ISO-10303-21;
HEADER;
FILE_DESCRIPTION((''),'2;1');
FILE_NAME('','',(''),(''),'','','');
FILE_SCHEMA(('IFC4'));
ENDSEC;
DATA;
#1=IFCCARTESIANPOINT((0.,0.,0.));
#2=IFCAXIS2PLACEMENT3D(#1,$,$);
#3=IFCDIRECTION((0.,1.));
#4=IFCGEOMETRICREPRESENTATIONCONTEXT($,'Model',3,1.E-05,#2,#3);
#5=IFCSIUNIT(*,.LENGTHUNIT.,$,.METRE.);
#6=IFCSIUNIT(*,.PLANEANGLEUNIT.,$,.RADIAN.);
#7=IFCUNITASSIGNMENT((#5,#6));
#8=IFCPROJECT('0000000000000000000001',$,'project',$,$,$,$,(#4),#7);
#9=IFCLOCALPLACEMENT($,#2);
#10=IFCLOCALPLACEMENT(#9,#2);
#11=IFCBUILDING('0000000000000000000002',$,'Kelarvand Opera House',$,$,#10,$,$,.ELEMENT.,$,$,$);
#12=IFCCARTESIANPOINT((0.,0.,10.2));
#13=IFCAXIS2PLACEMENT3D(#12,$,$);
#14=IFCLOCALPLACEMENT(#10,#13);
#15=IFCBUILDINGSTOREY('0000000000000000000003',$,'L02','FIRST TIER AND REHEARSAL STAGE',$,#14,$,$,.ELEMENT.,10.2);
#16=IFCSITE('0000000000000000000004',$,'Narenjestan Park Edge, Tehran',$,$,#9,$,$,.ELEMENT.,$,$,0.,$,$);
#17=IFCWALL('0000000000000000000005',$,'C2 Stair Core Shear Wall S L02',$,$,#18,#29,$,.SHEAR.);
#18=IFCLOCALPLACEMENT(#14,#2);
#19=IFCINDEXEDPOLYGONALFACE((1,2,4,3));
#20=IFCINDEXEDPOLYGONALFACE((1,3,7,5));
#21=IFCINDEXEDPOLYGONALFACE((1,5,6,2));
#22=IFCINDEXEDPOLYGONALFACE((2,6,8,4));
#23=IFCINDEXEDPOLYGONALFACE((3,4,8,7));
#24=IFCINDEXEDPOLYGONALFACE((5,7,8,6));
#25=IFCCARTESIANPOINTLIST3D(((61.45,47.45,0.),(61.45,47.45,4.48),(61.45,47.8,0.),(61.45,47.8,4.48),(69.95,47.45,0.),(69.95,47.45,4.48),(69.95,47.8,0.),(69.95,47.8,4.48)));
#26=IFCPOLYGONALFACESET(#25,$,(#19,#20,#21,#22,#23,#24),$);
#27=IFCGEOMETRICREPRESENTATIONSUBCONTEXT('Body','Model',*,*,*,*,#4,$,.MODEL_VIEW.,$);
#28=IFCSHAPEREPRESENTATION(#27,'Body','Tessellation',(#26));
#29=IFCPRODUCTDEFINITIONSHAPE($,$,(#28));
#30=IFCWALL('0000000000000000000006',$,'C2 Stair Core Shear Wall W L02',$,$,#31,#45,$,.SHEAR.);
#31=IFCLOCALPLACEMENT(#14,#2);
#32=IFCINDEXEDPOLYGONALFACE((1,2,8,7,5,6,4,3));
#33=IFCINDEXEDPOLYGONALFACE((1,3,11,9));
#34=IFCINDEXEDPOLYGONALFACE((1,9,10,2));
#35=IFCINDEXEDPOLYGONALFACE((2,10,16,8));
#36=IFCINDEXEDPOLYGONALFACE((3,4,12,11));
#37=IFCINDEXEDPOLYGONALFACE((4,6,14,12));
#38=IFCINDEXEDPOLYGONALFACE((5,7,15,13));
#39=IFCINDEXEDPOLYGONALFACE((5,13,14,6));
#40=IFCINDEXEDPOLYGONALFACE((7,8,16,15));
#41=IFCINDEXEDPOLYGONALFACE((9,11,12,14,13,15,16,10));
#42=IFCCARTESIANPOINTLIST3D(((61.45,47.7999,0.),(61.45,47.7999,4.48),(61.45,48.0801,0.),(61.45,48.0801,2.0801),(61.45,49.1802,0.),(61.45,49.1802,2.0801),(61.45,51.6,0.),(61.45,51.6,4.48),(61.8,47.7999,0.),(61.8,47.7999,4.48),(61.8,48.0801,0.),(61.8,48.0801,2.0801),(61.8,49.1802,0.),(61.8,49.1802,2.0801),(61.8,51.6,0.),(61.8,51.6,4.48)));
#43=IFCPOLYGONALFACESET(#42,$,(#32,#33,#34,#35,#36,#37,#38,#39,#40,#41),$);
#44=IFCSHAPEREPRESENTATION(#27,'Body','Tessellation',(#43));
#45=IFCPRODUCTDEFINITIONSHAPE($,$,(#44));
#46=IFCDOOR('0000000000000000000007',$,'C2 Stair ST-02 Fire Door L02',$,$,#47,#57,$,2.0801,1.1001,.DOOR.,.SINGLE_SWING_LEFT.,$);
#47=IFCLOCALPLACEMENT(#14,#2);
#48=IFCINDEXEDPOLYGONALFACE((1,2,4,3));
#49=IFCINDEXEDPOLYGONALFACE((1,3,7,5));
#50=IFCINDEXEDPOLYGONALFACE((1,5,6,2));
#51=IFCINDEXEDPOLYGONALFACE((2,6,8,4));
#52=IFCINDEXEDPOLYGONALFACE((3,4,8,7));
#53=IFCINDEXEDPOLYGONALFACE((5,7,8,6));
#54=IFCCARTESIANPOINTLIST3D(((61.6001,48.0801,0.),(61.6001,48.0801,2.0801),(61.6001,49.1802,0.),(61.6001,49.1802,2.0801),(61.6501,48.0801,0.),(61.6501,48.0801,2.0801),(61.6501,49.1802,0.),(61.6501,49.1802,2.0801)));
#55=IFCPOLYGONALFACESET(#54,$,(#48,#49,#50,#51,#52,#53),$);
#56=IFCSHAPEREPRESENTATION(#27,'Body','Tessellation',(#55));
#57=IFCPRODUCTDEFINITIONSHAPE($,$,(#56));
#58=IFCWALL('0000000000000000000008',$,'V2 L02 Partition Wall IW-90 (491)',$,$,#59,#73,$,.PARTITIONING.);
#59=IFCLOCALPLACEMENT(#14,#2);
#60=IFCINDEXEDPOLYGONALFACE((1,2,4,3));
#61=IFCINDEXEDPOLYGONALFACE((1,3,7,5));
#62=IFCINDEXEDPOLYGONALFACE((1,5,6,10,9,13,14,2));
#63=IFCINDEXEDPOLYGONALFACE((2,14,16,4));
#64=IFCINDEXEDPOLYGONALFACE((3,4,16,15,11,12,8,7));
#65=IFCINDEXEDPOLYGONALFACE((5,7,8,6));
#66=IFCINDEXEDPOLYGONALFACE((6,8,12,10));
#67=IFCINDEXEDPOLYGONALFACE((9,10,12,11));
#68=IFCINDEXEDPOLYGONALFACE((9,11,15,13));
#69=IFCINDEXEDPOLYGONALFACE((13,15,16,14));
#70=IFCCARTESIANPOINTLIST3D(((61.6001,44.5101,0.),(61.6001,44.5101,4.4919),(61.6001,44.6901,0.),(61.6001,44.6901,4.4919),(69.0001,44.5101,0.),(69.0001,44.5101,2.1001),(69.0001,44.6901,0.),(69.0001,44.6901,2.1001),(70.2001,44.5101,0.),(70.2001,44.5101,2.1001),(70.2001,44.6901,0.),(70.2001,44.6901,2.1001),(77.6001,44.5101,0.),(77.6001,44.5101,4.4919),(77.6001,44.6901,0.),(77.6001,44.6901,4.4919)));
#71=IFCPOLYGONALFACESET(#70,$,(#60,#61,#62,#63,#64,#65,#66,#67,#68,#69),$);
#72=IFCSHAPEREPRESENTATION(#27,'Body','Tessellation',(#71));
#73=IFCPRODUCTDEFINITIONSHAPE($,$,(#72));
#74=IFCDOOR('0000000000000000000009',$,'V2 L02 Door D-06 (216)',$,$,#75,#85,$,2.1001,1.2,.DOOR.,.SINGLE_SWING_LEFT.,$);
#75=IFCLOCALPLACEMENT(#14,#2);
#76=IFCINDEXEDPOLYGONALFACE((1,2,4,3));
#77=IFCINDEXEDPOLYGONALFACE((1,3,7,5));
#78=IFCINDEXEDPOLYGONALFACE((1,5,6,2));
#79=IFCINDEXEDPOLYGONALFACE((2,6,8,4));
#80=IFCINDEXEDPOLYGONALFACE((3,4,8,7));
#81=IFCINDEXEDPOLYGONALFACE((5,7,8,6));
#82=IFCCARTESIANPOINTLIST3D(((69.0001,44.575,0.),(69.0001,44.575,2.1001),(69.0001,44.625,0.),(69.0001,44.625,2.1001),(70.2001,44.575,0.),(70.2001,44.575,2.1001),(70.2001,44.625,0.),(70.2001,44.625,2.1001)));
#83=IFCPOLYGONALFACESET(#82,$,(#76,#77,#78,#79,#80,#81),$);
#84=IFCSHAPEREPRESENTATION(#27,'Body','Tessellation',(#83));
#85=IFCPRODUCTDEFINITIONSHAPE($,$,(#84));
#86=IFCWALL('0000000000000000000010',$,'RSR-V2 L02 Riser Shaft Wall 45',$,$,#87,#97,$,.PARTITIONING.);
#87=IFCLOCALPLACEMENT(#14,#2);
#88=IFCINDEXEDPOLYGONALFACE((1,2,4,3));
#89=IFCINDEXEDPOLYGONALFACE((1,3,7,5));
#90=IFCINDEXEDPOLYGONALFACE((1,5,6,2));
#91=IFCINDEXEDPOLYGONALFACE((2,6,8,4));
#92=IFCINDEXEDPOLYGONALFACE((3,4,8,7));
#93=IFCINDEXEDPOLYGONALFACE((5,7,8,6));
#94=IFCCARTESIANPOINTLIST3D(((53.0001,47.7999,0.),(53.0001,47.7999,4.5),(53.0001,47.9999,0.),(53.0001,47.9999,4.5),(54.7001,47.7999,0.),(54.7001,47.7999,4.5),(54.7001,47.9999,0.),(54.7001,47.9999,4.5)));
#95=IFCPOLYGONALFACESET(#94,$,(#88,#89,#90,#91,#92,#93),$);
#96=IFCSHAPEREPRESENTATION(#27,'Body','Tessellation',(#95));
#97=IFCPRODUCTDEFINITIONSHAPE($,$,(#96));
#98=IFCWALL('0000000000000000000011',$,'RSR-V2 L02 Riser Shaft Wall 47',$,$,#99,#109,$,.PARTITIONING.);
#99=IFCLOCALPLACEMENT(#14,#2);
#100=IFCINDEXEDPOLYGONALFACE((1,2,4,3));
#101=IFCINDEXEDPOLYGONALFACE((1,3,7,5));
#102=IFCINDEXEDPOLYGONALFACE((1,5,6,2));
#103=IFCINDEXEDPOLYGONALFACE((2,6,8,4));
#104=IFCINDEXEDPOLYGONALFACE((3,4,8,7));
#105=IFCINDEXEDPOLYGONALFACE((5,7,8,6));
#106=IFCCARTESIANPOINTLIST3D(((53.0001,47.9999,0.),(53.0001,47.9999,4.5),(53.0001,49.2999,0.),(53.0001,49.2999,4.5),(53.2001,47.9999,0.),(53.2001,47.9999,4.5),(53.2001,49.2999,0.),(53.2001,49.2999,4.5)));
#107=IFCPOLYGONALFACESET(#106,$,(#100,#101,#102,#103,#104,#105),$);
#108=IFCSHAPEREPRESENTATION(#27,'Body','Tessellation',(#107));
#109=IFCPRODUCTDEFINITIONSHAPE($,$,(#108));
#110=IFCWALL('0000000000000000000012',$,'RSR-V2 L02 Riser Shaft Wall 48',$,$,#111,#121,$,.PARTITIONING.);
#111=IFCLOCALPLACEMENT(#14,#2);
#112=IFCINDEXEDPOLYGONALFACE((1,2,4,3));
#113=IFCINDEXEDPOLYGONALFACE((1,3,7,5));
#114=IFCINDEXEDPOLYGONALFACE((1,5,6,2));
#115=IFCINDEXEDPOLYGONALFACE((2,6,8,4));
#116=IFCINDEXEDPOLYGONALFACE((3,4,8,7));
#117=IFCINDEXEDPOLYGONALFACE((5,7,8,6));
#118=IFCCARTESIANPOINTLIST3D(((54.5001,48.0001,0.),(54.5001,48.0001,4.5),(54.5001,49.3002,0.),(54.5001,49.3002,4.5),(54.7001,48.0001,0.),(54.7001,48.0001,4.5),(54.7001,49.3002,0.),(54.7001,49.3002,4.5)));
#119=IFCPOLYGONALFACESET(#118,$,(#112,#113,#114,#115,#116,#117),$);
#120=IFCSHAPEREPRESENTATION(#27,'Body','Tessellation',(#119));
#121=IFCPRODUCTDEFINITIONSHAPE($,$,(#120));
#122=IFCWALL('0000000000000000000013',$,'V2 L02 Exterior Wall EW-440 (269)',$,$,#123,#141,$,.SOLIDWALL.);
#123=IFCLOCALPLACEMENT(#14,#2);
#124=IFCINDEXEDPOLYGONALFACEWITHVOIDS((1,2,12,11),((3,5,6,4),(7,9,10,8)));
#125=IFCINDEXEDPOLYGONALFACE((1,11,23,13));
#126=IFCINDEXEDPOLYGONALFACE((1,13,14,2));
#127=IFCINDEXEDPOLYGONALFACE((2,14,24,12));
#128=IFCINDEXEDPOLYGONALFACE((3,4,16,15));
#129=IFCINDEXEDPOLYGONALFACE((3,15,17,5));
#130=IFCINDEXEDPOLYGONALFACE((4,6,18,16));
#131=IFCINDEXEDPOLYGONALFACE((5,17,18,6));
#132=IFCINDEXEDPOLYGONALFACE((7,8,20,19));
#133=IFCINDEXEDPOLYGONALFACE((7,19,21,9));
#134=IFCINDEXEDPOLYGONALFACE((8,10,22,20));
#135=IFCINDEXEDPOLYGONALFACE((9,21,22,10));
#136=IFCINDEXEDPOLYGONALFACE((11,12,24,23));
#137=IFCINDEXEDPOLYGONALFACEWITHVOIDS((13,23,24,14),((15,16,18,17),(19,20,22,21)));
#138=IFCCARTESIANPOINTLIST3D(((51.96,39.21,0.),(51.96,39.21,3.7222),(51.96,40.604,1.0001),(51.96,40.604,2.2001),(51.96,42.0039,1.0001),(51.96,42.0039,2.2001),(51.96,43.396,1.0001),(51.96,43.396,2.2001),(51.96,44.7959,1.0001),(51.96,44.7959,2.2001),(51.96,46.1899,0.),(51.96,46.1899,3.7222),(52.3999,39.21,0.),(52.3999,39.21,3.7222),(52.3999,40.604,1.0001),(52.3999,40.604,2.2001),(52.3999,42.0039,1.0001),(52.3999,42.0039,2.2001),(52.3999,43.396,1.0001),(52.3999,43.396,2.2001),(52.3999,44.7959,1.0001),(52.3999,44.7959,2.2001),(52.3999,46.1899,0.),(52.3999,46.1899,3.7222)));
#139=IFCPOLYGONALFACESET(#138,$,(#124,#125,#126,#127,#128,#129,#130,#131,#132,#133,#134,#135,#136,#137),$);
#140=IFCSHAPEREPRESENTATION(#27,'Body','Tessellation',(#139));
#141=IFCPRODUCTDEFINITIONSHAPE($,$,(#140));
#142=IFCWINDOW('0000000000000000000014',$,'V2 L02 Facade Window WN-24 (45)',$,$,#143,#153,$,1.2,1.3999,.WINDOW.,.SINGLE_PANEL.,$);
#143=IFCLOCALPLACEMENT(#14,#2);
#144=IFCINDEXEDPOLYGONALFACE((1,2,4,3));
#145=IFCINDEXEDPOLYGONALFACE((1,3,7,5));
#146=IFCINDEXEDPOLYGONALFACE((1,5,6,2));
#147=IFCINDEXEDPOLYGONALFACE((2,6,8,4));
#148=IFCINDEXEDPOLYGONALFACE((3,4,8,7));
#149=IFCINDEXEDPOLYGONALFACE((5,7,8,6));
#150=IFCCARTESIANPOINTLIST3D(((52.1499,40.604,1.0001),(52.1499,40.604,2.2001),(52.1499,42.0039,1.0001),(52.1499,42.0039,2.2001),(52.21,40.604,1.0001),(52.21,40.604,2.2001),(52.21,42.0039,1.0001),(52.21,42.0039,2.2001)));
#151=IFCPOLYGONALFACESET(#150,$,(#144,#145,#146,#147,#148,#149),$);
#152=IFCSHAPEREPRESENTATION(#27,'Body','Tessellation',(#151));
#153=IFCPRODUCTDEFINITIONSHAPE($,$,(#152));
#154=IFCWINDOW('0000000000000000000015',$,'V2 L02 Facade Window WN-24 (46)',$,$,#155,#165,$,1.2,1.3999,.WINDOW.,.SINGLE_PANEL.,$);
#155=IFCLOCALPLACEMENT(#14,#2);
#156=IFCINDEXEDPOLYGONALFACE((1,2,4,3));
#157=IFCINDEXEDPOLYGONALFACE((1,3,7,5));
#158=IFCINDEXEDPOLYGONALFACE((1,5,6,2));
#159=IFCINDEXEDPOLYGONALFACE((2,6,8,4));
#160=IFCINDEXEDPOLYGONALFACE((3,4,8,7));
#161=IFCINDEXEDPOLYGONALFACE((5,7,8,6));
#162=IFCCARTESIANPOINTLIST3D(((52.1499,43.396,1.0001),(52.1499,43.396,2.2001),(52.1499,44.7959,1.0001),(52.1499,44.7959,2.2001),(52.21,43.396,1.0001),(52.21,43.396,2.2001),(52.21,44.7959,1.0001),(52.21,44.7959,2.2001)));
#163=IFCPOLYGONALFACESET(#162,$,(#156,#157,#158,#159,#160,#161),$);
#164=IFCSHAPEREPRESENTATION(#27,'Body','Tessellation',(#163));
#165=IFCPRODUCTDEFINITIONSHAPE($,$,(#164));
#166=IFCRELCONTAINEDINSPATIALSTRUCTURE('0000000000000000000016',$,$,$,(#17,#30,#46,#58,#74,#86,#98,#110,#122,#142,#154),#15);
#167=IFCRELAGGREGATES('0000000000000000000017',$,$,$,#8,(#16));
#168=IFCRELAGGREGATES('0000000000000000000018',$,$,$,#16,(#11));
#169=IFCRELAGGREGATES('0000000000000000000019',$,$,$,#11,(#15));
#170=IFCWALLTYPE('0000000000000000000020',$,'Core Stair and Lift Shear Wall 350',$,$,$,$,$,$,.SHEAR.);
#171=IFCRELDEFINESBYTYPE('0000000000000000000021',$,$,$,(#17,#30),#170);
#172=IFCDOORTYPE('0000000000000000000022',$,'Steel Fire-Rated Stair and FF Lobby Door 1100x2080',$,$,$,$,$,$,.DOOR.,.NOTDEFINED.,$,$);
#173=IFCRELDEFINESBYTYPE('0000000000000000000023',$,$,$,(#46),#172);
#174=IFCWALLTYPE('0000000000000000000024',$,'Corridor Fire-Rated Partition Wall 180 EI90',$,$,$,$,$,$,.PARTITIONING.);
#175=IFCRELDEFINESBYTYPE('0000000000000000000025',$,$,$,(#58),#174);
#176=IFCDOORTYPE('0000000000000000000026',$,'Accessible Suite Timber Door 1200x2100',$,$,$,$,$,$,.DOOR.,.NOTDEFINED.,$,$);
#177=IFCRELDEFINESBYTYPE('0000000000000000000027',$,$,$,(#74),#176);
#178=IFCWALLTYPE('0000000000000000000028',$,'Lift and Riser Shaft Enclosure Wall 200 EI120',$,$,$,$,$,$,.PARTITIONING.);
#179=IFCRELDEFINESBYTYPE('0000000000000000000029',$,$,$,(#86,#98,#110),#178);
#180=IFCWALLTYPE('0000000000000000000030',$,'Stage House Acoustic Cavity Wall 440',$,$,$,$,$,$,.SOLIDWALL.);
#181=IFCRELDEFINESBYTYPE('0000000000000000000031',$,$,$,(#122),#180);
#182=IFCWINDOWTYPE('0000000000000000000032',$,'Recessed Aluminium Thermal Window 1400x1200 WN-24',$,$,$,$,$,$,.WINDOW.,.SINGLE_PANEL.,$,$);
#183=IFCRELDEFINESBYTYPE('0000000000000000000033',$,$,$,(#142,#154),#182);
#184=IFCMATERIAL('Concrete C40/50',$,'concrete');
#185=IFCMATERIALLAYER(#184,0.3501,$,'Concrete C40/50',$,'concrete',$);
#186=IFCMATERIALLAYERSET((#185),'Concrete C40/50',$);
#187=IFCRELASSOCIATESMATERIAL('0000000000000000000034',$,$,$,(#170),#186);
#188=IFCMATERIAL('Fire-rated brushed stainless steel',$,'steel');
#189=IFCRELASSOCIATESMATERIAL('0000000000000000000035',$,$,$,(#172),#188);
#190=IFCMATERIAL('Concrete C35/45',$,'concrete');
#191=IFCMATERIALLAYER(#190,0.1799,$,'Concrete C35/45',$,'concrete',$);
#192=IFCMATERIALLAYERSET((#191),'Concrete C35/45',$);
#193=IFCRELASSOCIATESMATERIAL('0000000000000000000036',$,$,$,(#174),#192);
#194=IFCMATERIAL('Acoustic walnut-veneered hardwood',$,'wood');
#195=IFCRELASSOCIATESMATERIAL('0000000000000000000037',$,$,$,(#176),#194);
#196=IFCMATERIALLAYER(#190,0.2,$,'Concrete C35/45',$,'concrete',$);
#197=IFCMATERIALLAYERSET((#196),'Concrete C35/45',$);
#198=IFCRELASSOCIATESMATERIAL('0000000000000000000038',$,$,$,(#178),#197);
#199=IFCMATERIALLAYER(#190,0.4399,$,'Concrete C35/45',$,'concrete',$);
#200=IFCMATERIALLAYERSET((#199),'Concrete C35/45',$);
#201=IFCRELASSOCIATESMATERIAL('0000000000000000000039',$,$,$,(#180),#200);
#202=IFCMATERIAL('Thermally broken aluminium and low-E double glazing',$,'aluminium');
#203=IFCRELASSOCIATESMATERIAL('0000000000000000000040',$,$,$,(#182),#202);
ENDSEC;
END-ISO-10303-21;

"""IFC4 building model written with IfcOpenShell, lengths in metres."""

from ifc_helpers import new_model, si_unit, direction, frame, frame_2d, origin, place, context, subcontext, project, spatial, rectangle, extrude, material, layer, layer_set, type_object, element, fill, save


model = new_model("IFC4")

# Units and contexts
model_context = context("Model", 3, precision=1e-05, world=origin(), true_north=direction((0.0, 1.0)))
body_context = subcontext(model_context, "Body", "Model", "MODEL_VIEW")
ifc_project = project(units=[si_unit("LENGTHUNIT", "METRE"), si_unit("PLANEANGLEUNIT", "RADIAN")], contexts=[model_context])

# Site, building, storey
site_placement = place(None, origin())
site = spatial("IfcSite", under=ifc_project, at=site_placement, Name="Narenjestan Park Edge, Tehran", CompositionType="ELEMENT", RefElevation=0.0)
building_placement = place(site_placement, origin())
building = spatial("IfcBuilding", under=site, at=building_placement, Name="Kelarvand Opera House", CompositionType="ELEMENT")
storey_placement = place(building_placement, frame((0.0, 0.0, 10.2)))
storey = spatial("IfcBuildingStorey", under=building, at=storey_placement, Name="L02", Description="FIRST TIER AND REHEARSAL STAGE", CompositionType="ELEMENT", Elevation=10.2)

# Shared definitions
ifc_material_1 = material(Name="Concrete C40/50", Category="concrete")

# Shared definitions
ifc_material_2 = material(Name="Concrete C35/45", Category="concrete")

# Wall
ifc_layer_1 = layer(ifc_material_1, 0.3501, Name="Concrete C40/50", Category="concrete")
ifc_layer_set_1 = layer_set([ifc_layer_1], Name="Concrete C40/50")
wall_type_1 = type_object("IfcWallType", Name="Core Stair and Lift Shear Wall 350", PredefinedType="SHEAR", material=ifc_layer_set_1)
wall_1_placement = place(storey_placement, frame((61.45, 47.625, 0.0), z_axis=(0.0, 0.0, 1.0), x_axis=(1.0, 0.0, 0.0)))
element("IfcWall", 1, at=wall_1_placement, inside=storey, type_object=wall_type_1, Name="C2 Stair Core Shear Wall S L02", PredefinedType="SHEAR", context=body_context, shape_type="SweptSolid", body=[
    extrude(rectangle(XDim=8.5, YDim=0.3501, at=frame_2d((4.25, 0.0))), origin(), (0.0, 0.0, 1.0), 4.48),
])

# Walls, openings, doors
wall_2_placement = place(storey_placement, frame((61.625, 47.8, 0.0), z_axis=(0.0, 0.0, 1.0), x_axis=(0.0, 1.0, 0.0)))
wall_2 = element("IfcWall", 2, at=wall_2_placement, inside=storey, type_object=wall_type_1, Name="C2 Stair Core Shear Wall W L02", PredefinedType="SHEAR", context=body_context, shape_type="SweptSolid", body=[
    extrude(rectangle(XDim=3.8, YDim=0.3501, at=frame_2d((1.8999, 0.0))), origin(), (0.0, 0.0, 1.0), 4.48),
])
opening_1_placement = place(wall_2_placement, frame((0.28, 0.0, 0.0)))
opening_1 = element("IfcOpeningElement", 3, at=opening_1_placement, cuts=wall_2, PredefinedType="OPENING", context=body_context, shape_type="SweptSolid", body=[
    extrude(rectangle(XDim=1.1001, YDim=2.0801, at=frame_2d((0.55, 1.04))), frame((0.0, 0.1851, 0.0), z_axis=(0.0, -1.0, 0.0), x_axis=(1.0, 0.0, 0.0)), (0.0, 0.0, 1.0), 0.3701),
])
ifc_material_3 = material(Name="Fire-rated brushed stainless steel", Category="steel")
door_type_1 = type_object("IfcDoorType", Name="Steel Fire-Rated Stair and FF Lobby Door 1100x2080", OperationType="NOTDEFINED", PredefinedType="DOOR", material=ifc_material_3)
door_1_placement = place(opening_1_placement, origin())
door_1 = element("IfcDoor", 4, at=door_1_placement, inside=storey, type_object=door_type_1, Name="C2 Stair ST-02 Fire Door L02", OperationType="SINGLE_SWING_LEFT", OverallHeight=2.0801, OverallWidth=1.1001, PredefinedType="DOOR", context=body_context, shape_type="SweptSolid", body=[
    extrude(rectangle(XDim=1.1001, YDim=2.0801, at=frame_2d((0.55, 1.04))), frame((0.0, 0.0249, 0.0), z_axis=(0.0, -1.0, 0.0), x_axis=(1.0, 0.0, 0.0)), (0.0, 0.0, 1.0), 0.05),
])
fill(opening_1, door_1)
ifc_layer_2 = layer(ifc_material_2, 0.1799, Name="Concrete C35/45", Category="concrete")
ifc_layer_set_2 = layer_set([ifc_layer_2], Name="Concrete C35/45")
wall_type_2 = type_object("IfcWallType", Name="Corridor Fire-Rated Partition Wall 180 EI90", PredefinedType="PARTITIONING", material=ifc_layer_set_2)
wall_3_placement = place(storey_placement, frame((61.6001, 44.6001, 0.0), z_axis=(0.0, 0.0, 1.0), x_axis=(1.0, 0.0, 0.0)))
wall_3 = element("IfcWall", 5, at=wall_3_placement, inside=storey, type_object=wall_type_2, Name="V2 L02 Partition Wall IW-90 (491)", PredefinedType="PARTITIONING", context=body_context, shape_type="SweptSolid", body=[
    extrude(rectangle(XDim=16.0, YDim=0.1799, at=frame_2d((8.0, 0.0))), origin(), (0.0, 0.0, 1.0), 4.4919),
])
opening_2_placement = place(wall_3_placement, frame((7.3999, 0.0, 0.0)))
opening_2 = element("IfcOpeningElement", 6, at=opening_2_placement, cuts=wall_3, PredefinedType="OPENING", context=body_context, shape_type="SweptSolid", body=[
    extrude(rectangle(XDim=1.2, YDim=2.1001, at=frame_2d((0.6001, 1.05))), frame((0.0, 0.1001, 0.0), z_axis=(0.0, -1.0, 0.0), x_axis=(1.0, 0.0, 0.0)), (0.0, 0.0, 1.0), 0.2),
])
ifc_material_4 = material(Name="Acoustic walnut-veneered hardwood", Category="wood")
door_type_2 = type_object("IfcDoorType", Name="Accessible Suite Timber Door 1200x2100", OperationType="NOTDEFINED", PredefinedType="DOOR", material=ifc_material_4)
door_2_placement = place(opening_2_placement, origin())
door_2 = element("IfcDoor", 7, at=door_2_placement, inside=storey, type_object=door_type_2, Name="V2 L02 Door D-06 (216)", OperationType="SINGLE_SWING_LEFT", OverallHeight=2.1001, OverallWidth=1.2, PredefinedType="DOOR", context=body_context, shape_type="SweptSolid", body=[
    extrude(rectangle(XDim=1.2, YDim=2.1001, at=frame_2d((0.6001, 1.05))), frame((0.0, 0.0249, 0.0), z_axis=(0.0, -1.0, 0.0), x_axis=(1.0, 0.0, 0.0)), (0.0, 0.0, 1.0), 0.05),
])
fill(opening_2, door_2)

# Walls
ifc_layer_3 = layer(ifc_material_2, 0.2, Name="Concrete C35/45", Category="concrete")
ifc_layer_set_3 = layer_set([ifc_layer_3], Name="Concrete C35/45")
wall_type_3 = type_object("IfcWallType", Name="Lift and Riser Shaft Enclosure Wall 200 EI120", PredefinedType="PARTITIONING", material=ifc_layer_set_3)
wall_4_placement = place(storey_placement, frame((53.0, 47.8999, 0.0), z_axis=(0.0, 0.0, 1.0), x_axis=(1.0, 0.0, 0.0)))
element("IfcWall", 8, at=wall_4_placement, inside=storey, type_object=wall_type_3, Name="RSR-V2 L02 Riser Shaft Wall 45", PredefinedType="PARTITIONING", context=body_context, shape_type="SweptSolid", body=[
    extrude(rectangle(XDim=1.7, YDim=0.2, at=frame_2d((0.8501, 0.0))), origin(), (0.0, 0.0, 1.0), 4.5),
])
for number, where, z_axis, x_axis, name in (
    (9, (53.1001, 48.0, 0.0), (0.0, 0.0, 1.0), (0.0, 1.0, 0.0), "RSR-V2 L02 Riser Shaft Wall 47"),
    (10, (54.6001, 49.3, 0.0), (0.0, 0.0, 1.0), (0.0, -1.0, 0.0), "RSR-V2 L02 Riser Shaft Wall 48"),
):
    element("IfcWall", number, at=place(storey_placement, frame(where, z_axis=z_axis, x_axis=x_axis)), inside=storey, type_object=wall_type_3, Name=name, PredefinedType="PARTITIONING", context=body_context, shape_type="SweptSolid", body=[
        extrude(rectangle(XDim=1.3, YDim=0.2, at=frame_2d((0.6499, 0.0))), origin(), (0.0, 0.0, 1.0), 4.5),
    ])

# Wall, openings, windows
ifc_layer_4 = layer(ifc_material_2, 0.4399, Name="Concrete C35/45", Category="concrete")
ifc_layer_set_4 = layer_set([ifc_layer_4], Name="Concrete C35/45")
wall_type_4 = type_object("IfcWallType", Name="Stage House Acoustic Cavity Wall 440", PredefinedType="SOLIDWALL", material=ifc_layer_set_4)
wall_5_placement = place(storey_placement, frame((52.1799, 39.21, 0.0), z_axis=(0.0, 0.0, 1.0), x_axis=(0.0, 1.0, 0.0)))
wall_5 = element("IfcWall", 11, at=wall_5_placement, inside=storey, type_object=wall_type_4, Name="V2 L02 Exterior Wall EW-440 (269)", PredefinedType="SOLIDWALL", context=body_context, shape_type="SweptSolid", body=[
    extrude(rectangle(XDim=6.98, YDim=0.4399, at=frame_2d((3.49, 0.0))), origin(), (0.0, 0.0, 1.0), 3.7222),
])
opening_3_placement = place(wall_5_placement, frame((1.394, 0.0, 1.0)))
opening_3 = element("IfcOpeningElement", 12, at=opening_3_placement, cuts=wall_5, PredefinedType="OPENING", context=body_context, shape_type="SweptSolid", body=[
    extrude(rectangle(XDim=1.3999, YDim=1.2, at=frame_2d((0.7, 0.6001))), frame((0.0, 0.23, 0.0), z_axis=(0.0, -1.0, 0.0), x_axis=(1.0, 0.0, 0.0)), (0.0, 0.0, 1.0), 0.46),
])
opening_4_placement = place(wall_5_placement, frame((4.186, 0.0, 1.0)))
opening_4 = element("IfcOpeningElement", 13, at=opening_4_placement, cuts=wall_5, PredefinedType="OPENING", context=body_context, shape_type="SweptSolid", body=[
    extrude(rectangle(XDim=1.3999, YDim=1.2, at=frame_2d((0.7, 0.6001))), frame((0.0, 0.23, 0.0), z_axis=(0.0, -1.0, 0.0), x_axis=(1.0, 0.0, 0.0)), (0.0, 0.0, 1.0), 0.46),
])
ifc_material_5 = material(Name="Thermally broken aluminium and low-E double glazing", Category="aluminium")
window_type = type_object("IfcWindowType", Name="Recessed Aluminium Thermal Window 1400x1200 WN-24", PartitioningType="SINGLE_PANEL", PredefinedType="WINDOW", material=ifc_material_5)
window_1_placement = place(opening_3_placement, origin())
window_1 = element("IfcWindow", 14, at=window_1_placement, inside=storey, type_object=window_type, Name="V2 L02 Facade Window WN-24 (45)", OverallHeight=1.2, OverallWidth=1.3999, PartitioningType="SINGLE_PANEL", PredefinedType="WINDOW", context=body_context, shape_type="SweptSolid", body=[
    extrude(rectangle(XDim=1.3999, YDim=1.2, at=frame_2d((0.7, 0.6001))), frame((0.0, 0.03, 0.0), z_axis=(0.0, -1.0, 0.0), x_axis=(1.0, 0.0, 0.0)), (0.0, 0.0, 1.0), 0.0601),
])
fill(opening_3, window_1)
window_2_placement = place(opening_4_placement, origin())
window_2 = element("IfcWindow", 15, at=window_2_placement, inside=storey, type_object=window_type, Name="V2 L02 Facade Window WN-24 (46)", OverallHeight=1.2, OverallWidth=1.3999, PartitioningType="SINGLE_PANEL", PredefinedType="WINDOW", context=body_context, shape_type="SweptSolid", body=[
    extrude(rectangle(XDim=1.3999, YDim=1.2, at=frame_2d((0.7, 0.6001))), frame((0.0, 0.03, 0.0), z_axis=(0.0, -1.0, 0.0), x_axis=(1.0, 0.0, 0.0)), (0.0, 0.0, 1.0), 0.0601),
])
fill(opening_4, window_2)

save(model, "model.ifc")
